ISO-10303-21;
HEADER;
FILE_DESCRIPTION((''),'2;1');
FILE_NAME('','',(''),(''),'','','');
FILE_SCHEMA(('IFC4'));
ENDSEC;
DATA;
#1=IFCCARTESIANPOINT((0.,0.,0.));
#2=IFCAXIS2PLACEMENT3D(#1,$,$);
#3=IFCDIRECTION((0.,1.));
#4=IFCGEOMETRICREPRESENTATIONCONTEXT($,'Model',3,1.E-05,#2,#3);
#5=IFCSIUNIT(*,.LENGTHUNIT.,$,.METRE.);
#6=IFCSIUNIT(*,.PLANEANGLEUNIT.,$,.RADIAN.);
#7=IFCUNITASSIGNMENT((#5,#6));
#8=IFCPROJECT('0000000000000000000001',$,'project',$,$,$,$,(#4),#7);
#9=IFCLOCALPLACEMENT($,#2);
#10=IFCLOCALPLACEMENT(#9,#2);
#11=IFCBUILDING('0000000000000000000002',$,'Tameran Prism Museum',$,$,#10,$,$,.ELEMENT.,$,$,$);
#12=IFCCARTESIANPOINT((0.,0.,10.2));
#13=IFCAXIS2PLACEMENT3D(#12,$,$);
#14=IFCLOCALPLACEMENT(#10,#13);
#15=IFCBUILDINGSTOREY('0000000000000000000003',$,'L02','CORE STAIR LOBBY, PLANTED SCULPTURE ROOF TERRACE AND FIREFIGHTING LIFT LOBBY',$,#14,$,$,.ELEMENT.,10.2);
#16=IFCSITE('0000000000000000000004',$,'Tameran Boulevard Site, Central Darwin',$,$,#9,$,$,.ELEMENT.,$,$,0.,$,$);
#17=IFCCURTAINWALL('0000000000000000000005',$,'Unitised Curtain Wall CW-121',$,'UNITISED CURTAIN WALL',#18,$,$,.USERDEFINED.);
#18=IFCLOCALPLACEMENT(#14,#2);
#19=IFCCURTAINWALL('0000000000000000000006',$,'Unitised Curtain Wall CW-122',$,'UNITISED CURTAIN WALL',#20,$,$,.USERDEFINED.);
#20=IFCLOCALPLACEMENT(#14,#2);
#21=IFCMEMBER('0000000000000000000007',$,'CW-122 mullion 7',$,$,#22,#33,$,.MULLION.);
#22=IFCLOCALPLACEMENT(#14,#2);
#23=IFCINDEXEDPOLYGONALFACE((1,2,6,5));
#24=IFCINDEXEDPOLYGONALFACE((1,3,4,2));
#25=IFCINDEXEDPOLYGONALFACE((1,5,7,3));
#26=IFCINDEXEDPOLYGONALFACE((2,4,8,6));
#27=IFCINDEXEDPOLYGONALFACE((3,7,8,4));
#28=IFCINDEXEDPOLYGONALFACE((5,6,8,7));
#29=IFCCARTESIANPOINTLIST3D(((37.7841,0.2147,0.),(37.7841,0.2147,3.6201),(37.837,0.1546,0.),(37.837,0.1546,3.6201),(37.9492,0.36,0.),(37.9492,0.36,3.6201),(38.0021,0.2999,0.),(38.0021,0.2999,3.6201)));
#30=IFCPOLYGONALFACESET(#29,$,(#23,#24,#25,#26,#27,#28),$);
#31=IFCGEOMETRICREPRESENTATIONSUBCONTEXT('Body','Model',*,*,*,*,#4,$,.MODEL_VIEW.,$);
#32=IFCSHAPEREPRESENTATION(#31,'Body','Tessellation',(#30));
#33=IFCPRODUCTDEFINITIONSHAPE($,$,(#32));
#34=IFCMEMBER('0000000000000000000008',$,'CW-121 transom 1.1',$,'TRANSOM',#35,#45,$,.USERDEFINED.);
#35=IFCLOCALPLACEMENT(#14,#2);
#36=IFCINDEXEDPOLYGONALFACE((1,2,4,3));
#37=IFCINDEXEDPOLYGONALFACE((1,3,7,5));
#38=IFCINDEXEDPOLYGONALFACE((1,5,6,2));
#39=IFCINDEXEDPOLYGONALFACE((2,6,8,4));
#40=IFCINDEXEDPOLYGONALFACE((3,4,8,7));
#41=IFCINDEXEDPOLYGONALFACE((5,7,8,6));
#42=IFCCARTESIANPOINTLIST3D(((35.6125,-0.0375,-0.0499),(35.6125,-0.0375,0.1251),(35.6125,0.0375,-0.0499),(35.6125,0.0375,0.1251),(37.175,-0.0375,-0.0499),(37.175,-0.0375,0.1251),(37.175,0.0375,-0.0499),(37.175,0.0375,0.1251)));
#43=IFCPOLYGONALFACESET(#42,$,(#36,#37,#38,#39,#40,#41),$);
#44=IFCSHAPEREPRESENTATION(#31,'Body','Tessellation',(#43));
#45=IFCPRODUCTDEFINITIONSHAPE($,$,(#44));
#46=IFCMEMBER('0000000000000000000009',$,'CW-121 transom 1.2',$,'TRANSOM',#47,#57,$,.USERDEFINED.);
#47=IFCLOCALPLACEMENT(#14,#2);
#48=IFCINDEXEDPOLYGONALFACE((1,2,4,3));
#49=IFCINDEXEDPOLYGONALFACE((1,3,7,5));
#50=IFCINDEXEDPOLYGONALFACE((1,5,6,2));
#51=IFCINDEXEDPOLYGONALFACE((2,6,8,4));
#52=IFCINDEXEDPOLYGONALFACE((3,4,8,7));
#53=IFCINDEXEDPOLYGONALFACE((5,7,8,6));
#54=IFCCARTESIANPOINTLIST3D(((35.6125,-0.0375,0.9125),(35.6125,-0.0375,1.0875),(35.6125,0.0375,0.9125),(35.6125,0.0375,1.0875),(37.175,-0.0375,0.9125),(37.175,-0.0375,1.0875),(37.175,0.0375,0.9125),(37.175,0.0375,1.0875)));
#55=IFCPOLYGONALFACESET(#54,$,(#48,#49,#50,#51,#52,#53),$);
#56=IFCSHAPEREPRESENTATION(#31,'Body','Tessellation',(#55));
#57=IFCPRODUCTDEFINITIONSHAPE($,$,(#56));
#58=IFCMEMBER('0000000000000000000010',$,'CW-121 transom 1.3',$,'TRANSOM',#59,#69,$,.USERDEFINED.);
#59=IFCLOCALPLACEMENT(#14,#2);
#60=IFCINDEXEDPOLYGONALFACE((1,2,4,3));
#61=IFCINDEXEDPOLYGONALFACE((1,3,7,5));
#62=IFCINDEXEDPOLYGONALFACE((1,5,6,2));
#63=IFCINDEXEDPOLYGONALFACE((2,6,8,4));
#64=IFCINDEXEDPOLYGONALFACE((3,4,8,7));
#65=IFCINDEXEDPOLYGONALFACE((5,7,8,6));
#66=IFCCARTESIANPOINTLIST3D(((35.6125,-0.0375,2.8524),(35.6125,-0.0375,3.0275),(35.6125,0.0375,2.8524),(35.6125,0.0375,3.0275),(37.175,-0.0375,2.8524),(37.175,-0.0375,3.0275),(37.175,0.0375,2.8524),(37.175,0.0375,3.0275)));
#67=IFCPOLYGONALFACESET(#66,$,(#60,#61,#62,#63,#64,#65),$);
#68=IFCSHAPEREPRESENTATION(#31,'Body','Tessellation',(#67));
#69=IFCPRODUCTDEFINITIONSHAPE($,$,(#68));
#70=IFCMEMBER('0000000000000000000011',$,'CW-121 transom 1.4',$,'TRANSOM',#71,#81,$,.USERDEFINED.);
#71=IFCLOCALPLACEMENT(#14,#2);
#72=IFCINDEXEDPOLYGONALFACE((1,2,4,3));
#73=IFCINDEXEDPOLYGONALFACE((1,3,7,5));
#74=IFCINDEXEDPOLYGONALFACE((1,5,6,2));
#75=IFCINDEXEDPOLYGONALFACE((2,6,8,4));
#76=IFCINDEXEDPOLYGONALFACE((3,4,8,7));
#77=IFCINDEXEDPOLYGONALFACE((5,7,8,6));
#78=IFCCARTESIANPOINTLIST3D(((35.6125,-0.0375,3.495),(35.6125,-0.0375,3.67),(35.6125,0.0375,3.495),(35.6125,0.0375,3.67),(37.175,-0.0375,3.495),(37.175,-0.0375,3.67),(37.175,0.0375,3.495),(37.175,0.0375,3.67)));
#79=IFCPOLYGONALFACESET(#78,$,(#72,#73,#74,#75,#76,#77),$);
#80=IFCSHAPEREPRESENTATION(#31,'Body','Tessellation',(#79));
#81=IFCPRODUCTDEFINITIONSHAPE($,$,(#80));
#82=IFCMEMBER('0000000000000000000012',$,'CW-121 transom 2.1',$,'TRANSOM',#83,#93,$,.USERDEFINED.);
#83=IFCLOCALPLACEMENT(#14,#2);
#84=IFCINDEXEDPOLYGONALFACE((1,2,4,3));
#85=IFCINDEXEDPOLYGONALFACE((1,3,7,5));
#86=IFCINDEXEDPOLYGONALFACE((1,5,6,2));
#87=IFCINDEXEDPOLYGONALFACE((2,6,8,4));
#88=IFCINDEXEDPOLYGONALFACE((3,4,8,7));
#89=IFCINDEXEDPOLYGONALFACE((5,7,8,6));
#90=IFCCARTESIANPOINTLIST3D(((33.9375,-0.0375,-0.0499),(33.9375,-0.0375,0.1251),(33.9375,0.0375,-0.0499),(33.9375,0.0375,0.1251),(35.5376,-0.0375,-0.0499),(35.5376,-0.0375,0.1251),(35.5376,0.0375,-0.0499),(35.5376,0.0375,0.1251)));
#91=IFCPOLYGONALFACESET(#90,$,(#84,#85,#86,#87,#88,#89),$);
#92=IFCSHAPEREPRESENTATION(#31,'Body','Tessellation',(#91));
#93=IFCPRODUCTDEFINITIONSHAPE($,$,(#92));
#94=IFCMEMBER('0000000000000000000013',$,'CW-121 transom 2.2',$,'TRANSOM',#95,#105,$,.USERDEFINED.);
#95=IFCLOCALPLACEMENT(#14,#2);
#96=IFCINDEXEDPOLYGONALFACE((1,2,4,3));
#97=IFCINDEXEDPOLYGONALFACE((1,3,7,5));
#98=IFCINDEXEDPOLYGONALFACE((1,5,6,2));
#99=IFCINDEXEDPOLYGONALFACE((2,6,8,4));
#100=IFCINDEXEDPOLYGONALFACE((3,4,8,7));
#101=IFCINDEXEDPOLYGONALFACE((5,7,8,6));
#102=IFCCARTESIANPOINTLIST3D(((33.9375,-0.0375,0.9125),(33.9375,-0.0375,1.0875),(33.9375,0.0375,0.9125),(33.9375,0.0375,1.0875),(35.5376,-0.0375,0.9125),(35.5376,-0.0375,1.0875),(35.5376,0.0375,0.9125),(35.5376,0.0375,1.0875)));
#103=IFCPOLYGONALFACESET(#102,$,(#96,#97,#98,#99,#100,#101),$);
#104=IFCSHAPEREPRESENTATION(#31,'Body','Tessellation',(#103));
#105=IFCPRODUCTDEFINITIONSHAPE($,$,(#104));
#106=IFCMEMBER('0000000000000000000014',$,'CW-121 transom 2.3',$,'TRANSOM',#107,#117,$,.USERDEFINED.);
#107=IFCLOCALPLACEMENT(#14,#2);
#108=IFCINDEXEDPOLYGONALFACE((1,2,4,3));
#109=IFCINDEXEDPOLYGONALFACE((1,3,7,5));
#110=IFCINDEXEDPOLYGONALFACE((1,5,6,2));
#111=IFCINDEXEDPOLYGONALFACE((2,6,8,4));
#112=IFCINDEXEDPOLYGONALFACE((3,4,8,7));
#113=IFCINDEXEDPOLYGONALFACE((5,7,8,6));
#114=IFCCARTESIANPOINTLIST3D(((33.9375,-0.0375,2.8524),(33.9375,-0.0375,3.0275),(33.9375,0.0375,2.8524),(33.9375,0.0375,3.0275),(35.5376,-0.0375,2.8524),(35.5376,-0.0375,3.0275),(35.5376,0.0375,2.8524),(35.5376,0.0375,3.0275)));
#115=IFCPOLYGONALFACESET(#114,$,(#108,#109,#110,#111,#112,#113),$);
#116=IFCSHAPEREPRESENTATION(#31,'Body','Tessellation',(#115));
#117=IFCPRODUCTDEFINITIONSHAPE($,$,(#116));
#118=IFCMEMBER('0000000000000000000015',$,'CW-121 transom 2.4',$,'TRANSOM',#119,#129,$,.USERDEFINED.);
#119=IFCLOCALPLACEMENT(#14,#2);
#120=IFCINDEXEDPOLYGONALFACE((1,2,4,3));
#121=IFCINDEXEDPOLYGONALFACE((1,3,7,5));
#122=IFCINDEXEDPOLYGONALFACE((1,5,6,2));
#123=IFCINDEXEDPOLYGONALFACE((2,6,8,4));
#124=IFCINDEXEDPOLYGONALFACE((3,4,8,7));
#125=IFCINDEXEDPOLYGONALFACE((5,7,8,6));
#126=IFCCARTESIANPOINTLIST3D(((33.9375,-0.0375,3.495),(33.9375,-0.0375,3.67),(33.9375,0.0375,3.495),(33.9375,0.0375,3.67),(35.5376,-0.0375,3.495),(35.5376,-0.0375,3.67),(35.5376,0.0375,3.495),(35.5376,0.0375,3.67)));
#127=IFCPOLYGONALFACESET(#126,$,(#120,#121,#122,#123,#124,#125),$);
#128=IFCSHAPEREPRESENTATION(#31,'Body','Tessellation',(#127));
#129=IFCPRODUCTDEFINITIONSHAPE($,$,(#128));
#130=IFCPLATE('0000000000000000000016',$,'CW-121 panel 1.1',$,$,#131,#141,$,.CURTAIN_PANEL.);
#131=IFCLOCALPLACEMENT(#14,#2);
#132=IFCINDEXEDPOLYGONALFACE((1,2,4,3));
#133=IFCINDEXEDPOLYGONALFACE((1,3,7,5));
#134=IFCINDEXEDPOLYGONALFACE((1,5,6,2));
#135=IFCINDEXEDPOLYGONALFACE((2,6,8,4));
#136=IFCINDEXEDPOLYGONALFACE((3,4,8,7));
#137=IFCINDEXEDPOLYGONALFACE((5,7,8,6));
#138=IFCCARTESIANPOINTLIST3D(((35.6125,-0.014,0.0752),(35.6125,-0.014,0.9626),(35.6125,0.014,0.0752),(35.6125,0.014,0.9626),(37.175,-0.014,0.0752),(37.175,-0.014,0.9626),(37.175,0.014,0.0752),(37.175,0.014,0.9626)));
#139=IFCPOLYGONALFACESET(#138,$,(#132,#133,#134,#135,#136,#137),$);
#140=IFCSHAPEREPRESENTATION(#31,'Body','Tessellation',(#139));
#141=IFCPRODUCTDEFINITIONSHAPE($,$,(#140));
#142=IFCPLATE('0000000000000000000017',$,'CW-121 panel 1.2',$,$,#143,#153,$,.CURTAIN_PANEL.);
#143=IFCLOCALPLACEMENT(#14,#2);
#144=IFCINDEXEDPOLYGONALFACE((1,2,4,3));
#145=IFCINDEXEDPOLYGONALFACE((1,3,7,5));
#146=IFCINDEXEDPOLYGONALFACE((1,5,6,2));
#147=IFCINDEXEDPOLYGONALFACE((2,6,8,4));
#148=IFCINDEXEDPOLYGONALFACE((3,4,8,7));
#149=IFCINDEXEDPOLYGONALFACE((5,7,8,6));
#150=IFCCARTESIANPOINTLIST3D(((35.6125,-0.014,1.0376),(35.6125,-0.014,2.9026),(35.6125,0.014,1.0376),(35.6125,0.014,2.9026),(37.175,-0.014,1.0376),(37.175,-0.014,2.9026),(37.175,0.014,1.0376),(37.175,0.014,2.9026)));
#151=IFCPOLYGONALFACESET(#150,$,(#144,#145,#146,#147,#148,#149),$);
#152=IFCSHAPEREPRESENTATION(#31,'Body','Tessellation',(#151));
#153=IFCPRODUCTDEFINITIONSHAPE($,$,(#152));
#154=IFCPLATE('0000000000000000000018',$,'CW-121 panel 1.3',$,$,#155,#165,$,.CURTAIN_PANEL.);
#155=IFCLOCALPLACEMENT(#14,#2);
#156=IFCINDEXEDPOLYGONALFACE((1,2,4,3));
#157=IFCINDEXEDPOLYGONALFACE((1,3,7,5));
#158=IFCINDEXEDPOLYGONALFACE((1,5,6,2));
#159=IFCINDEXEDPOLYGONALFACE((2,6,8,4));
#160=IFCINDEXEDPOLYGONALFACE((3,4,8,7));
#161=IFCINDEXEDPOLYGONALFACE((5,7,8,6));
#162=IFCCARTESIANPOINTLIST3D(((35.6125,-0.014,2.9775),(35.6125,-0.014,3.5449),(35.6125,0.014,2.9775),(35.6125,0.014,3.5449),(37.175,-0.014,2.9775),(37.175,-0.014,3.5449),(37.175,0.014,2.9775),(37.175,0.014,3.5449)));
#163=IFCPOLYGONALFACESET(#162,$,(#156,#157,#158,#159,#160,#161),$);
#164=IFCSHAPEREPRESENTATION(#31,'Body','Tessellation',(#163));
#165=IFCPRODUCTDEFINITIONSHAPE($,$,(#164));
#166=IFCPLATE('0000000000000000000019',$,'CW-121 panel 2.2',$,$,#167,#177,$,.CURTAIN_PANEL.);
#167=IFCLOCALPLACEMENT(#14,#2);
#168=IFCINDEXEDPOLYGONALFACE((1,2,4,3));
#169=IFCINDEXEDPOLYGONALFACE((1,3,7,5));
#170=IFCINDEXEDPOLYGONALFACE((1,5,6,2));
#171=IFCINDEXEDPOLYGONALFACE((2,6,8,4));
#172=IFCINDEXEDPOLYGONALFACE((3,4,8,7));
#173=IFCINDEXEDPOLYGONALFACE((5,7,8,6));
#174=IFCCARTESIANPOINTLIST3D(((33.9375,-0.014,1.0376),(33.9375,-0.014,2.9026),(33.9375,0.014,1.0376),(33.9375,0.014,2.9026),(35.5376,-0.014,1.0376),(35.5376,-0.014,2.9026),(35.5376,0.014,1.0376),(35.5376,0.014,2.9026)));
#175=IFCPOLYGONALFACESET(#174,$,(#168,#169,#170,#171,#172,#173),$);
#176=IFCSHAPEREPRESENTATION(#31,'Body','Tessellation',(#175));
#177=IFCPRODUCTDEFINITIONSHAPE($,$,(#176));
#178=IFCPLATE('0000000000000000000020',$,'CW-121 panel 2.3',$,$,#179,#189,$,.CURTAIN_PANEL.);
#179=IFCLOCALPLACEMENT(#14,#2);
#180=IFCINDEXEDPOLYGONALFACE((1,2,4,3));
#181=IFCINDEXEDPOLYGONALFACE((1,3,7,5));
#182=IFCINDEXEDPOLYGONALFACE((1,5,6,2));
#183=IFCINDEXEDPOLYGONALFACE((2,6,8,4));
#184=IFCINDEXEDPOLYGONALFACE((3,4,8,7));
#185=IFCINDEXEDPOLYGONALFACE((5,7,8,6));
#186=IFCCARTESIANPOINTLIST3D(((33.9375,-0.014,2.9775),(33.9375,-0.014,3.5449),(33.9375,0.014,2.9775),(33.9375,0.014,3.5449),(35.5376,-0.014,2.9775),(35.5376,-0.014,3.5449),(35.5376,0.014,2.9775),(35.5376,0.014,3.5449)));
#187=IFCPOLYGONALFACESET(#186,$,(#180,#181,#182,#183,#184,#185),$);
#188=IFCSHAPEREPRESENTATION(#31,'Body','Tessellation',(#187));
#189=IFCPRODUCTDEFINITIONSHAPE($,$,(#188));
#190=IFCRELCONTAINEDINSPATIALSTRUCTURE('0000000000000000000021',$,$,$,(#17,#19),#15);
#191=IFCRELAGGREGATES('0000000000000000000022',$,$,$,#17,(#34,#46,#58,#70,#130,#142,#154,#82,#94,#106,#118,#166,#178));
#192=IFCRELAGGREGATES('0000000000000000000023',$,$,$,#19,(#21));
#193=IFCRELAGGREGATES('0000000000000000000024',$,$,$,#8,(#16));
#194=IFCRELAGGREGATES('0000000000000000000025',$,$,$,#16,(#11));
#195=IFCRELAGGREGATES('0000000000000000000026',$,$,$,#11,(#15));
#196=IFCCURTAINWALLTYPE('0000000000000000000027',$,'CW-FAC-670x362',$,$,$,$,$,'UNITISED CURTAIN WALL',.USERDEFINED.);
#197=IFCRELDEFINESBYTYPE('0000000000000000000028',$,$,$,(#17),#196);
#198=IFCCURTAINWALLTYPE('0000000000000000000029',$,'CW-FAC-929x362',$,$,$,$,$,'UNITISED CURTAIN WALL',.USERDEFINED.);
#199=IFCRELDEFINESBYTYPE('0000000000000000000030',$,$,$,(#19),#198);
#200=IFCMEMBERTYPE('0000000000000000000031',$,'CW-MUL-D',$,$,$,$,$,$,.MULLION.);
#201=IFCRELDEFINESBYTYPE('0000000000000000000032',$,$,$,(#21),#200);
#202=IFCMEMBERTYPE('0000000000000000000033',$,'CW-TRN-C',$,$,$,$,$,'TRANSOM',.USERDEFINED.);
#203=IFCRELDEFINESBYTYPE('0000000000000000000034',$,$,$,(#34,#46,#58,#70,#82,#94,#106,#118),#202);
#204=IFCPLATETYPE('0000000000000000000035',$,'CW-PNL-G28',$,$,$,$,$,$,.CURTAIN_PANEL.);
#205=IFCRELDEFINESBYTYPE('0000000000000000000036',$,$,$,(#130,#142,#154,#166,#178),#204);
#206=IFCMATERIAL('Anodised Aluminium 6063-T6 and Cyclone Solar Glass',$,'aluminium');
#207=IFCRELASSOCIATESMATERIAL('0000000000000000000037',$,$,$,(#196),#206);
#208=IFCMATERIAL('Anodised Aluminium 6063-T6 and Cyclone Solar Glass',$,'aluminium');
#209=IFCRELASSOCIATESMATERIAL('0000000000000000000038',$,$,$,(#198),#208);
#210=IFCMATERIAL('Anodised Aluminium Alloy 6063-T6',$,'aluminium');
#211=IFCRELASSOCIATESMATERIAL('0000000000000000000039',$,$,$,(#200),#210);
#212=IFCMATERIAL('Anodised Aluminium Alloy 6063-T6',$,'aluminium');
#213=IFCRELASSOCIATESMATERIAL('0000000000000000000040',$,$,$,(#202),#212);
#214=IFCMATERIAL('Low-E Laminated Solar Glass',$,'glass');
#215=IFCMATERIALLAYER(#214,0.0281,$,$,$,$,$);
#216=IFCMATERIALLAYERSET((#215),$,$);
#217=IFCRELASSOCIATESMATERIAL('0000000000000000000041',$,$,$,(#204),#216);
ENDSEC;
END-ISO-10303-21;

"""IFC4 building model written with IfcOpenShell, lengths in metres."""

from ifc_helpers import new_model, si_unit, direction, frame, origin, origin_2d, place, context, subcontext, project, spatial, rectangle, extrude, material, layer, layer_set, material_profile, profile_set, type_object, element, aggregate, save


model = new_model("IFC4")

# Units and contexts
model_context = context("Model", 3, precision=1e-05, world=origin(), true_north=direction((0.0, 1.0)))
body_context = subcontext(model_context, "Body", "Model", "MODEL_VIEW")
ifc_project = project(units=[si_unit("LENGTHUNIT", "METRE"), si_unit("PLANEANGLEUNIT", "RADIAN")], contexts=[model_context])

# Site, building, storey
site_placement = place(None, origin())
site = spatial("IfcSite", under=ifc_project, at=site_placement, Name="Tameran Boulevard Site, Central Darwin", CompositionType="ELEMENT", RefElevation=0.0)
building_placement = place(site_placement, origin())
building = spatial("IfcBuilding", under=site, at=building_placement, Name="Tameran Prism Museum", CompositionType="ELEMENT")
storey_placement = place(building_placement, frame((0.0, 0.0, 10.2)))
storey = spatial("IfcBuildingStorey", under=building, at=storey_placement, Name="L02", Description="CORE STAIR LOBBY, PLANTED SCULPTURE ROOF TERRACE AND FIREFIGHTING LIFT LOBBY", CompositionType="ELEMENT", Elevation=10.2)

# Curtain wall
ifc_material_1 = material(Name="Anodised Aluminium 6063-T6 and Cyclone Solar Glass", Category="aluminium")
curtain_wall_type_1 = type_object("IfcCurtainWallType", Name="CW-FAC-670x362", ElementType="UNITISED CURTAIN WALL", PredefinedType="USERDEFINED", material=ifc_material_1)
curtain_wall_1_placement = place(storey_placement, origin())
curtain_wall_1 = element("IfcCurtainWall", 1, at=curtain_wall_1_placement, inside=storey, type_object=curtain_wall_type_1, Name="Unitised Curtain Wall CW-121", ObjectType="UNITISED CURTAIN WALL", PredefinedType="USERDEFINED")

# Curtain wall, member
ifc_material_2 = material(Name="Anodised Aluminium 6063-T6 and Cyclone Solar Glass", Category="aluminium")
curtain_wall_type_2 = type_object("IfcCurtainWallType", Name="CW-FAC-929x362", ElementType="UNITISED CURTAIN WALL", PredefinedType="USERDEFINED", material=ifc_material_2)
curtain_wall_2_placement = place(storey_placement, origin())
curtain_wall_2 = element("IfcCurtainWall", 2, at=curtain_wall_2_placement, inside=storey, type_object=curtain_wall_type_2, Name="Unitised Curtain Wall CW-122", ObjectType="UNITISED CURTAIN WALL", PredefinedType="USERDEFINED")
ifc_material_3 = material(Name="Anodised Aluminium Alloy 6063-T6", Category="aluminium")
ifc_material_profile_1 = material_profile(ifc_material_3, rectangle(XDim=0.0801, YDim=0.22, at=origin_2d()))
ifc_profile_set_1 = profile_set([ifc_material_profile_1])
member_type_1 = type_object("IfcMemberType", Name="CW-MUL-D", PredefinedType="MULLION", material=ifc_profile_set_1)
member_1_placement = place(storey_placement, frame((37.8931, 0.2573, 0.0), z_axis=(0.0, 0.0, 1.0), x_axis=(0.660681, -0.750667, 0.0)))
member_1 = element("IfcMember", 3, at=member_1_placement, type_object=member_type_1, Name="CW-122 mullion 7", PredefinedType="MULLION", context=body_context, shape_type="SweptSolid", body=[
    extrude(rectangle(XDim=0.0801, YDim=0.22, at=origin_2d()), origin(), (0.0, 0.0, 1.0), 3.6201),
])

# Members
ifc_material_4 = material(Name="Anodised Aluminium Alloy 6063-T6", Category="aluminium")
ifc_material_profile_2 = material_profile(ifc_material_4, rectangle(XDim=0.075, YDim=0.175, at=origin_2d()))
ifc_profile_set_2 = profile_set([ifc_material_profile_2])
member_type_2 = type_object("IfcMemberType", Name="CW-TRN-C", ElementType="TRANSOM", PredefinedType="USERDEFINED", material=ifc_profile_set_2)
member_2_placement = place(storey_placement, frame((37.175, 0.0, 0.0376), z_axis=(-1.0, 0.0, 0.0), x_axis=(0.0, -1.0, 0.0)))
member_2 = element("IfcMember", 4, at=member_2_placement, type_object=member_type_2, Name="CW-121 transom 1.1", ObjectType="TRANSOM", PredefinedType="USERDEFINED", context=body_context, shape_type="SweptSolid", body=[
    extrude(rectangle(XDim=0.075, YDim=0.175, at=origin_2d()), origin(), (0.0, 0.0, 1.0), 1.5625),
])
member_3_placement = place(storey_placement, frame((37.175, 0.0, 1.0), z_axis=(-1.0, 0.0, 0.0), x_axis=(0.0, -1.0, 0.0)))
member_3 = element("IfcMember", 5, at=member_3_placement, type_object=member_type_2, Name="CW-121 transom 1.2", ObjectType="TRANSOM", PredefinedType="USERDEFINED", context=body_context, shape_type="SweptSolid", body=[
    extrude(rectangle(XDim=0.075, YDim=0.175, at=origin_2d()), origin(), (0.0, 0.0, 1.0), 1.5625),
])
member_4_placement = place(storey_placement, frame((37.175, 0.0, 2.9399), z_axis=(-1.0, 0.0, 0.0), x_axis=(0.0, -1.0, 0.0)))
member_4 = element("IfcMember", 6, at=member_4_placement, type_object=member_type_2, Name="CW-121 transom 1.3", ObjectType="TRANSOM", PredefinedType="USERDEFINED", context=body_context, shape_type="SweptSolid", body=[
    extrude(rectangle(XDim=0.075, YDim=0.175, at=origin_2d()), origin(), (0.0, 0.0, 1.0), 1.5625),
])
member_5_placement = place(storey_placement, frame((37.175, 0.0, 3.5825), z_axis=(-1.0, 0.0, 0.0), x_axis=(0.0, -1.0, 0.0)))
member_5 = element("IfcMember", 7, at=member_5_placement, type_object=member_type_2, Name="CW-121 transom 1.4", ObjectType="TRANSOM", PredefinedType="USERDEFINED", context=body_context, shape_type="SweptSolid", body=[
    extrude(rectangle(XDim=0.075, YDim=0.175, at=origin_2d()), origin(), (0.0, 0.0, 1.0), 1.5625),
])
member_6_placement = place(storey_placement, frame((35.5376, 0.0, 0.0376), z_axis=(-1.0, 0.0, 0.0), x_axis=(0.0, -1.0, 0.0)))
member_6 = element("IfcMember", 8, at=member_6_placement, type_object=member_type_2, Name="CW-121 transom 2.1", ObjectType="TRANSOM", PredefinedType="USERDEFINED", context=body_context, shape_type="SweptSolid", body=[
    extrude(rectangle(XDim=0.075, YDim=0.175, at=origin_2d()), origin(), (0.0, 0.0, 1.0), 1.6001),
])
member_7_placement = place(storey_placement, frame((35.5376, 0.0, 1.0), z_axis=(-1.0, 0.0, 0.0), x_axis=(0.0, -1.0, 0.0)))
member_7 = element("IfcMember", 9, at=member_7_placement, type_object=member_type_2, Name="CW-121 transom 2.2", ObjectType="TRANSOM", PredefinedType="USERDEFINED", context=body_context, shape_type="SweptSolid", body=[
    extrude(rectangle(XDim=0.075, YDim=0.175, at=origin_2d()), origin(), (0.0, 0.0, 1.0), 1.6001),
])
member_8_placement = place(storey_placement, frame((35.5376, 0.0, 2.9399), z_axis=(-1.0, 0.0, 0.0), x_axis=(0.0, -1.0, 0.0)))
member_8 = element("IfcMember", 10, at=member_8_placement, type_object=member_type_2, Name="CW-121 transom 2.3", ObjectType="TRANSOM", PredefinedType="USERDEFINED", context=body_context, shape_type="SweptSolid", body=[
    extrude(rectangle(XDim=0.075, YDim=0.175, at=origin_2d()), origin(), (0.0, 0.0, 1.0), 1.6001),
])
member_9_placement = place(storey_placement, frame((35.5376, 0.0, 3.5825), z_axis=(-1.0, 0.0, 0.0), x_axis=(0.0, -1.0, 0.0)))
member_9 = element("IfcMember", 11, at=member_9_placement, type_object=member_type_2, Name="CW-121 transom 2.4", ObjectType="TRANSOM", PredefinedType="USERDEFINED", context=body_context, shape_type="SweptSolid", body=[
    extrude(rectangle(XDim=0.075, YDim=0.175, at=origin_2d()), origin(), (0.0, 0.0, 1.0), 1.6001),
])

# Plates
ifc_material_5 = material(Name="Low-E Laminated Solar Glass", Category="glass")
ifc_layer_1 = layer(ifc_material_5, 0.0281)
ifc_layer_set_1 = layer_set([ifc_layer_1])
plate_type_1 = type_object("IfcPlateType", Name="CW-PNL-G28", PredefinedType="CURTAIN_PANEL", material=ifc_layer_set_1)
plate_1_placement = place(storey_placement, frame((36.3938, 0.0, 0.0752), z_axis=(0.0, 0.0, 1.0), x_axis=(-1.0, 0.0, 0.0)))
plate_1 = element("IfcPlate", 12, at=plate_1_placement, type_object=plate_type_1, Name="CW-121 panel 1.1", PredefinedType="CURTAIN_PANEL", context=body_context, shape_type="SweptSolid", body=[
    extrude(rectangle(XDim=1.5625, YDim=0.0281, at=origin_2d()), origin(), (0.0, 0.0, 1.0), 0.8875),
])
plate_2_placement = place(storey_placement, frame((36.3938, 0.0, 1.0376), z_axis=(0.0, 0.0, 1.0), x_axis=(-1.0, 0.0, 0.0)))
plate_2 = element("IfcPlate", 13, at=plate_2_placement, type_object=plate_type_1, Name="CW-121 panel 1.2", PredefinedType="CURTAIN_PANEL", context=body_context, shape_type="SweptSolid", body=[
    extrude(rectangle(XDim=1.5625, YDim=0.0281, at=origin_2d()), origin(), (0.0, 0.0, 1.0), 1.865),
])
plate_3_placement = place(storey_placement, frame((36.3938, 0.0, 2.9775), z_axis=(0.0, 0.0, 1.0), x_axis=(-1.0, 0.0, 0.0)))
plate_3 = element("IfcPlate", 14, at=plate_3_placement, type_object=plate_type_1, Name="CW-121 panel 1.3", PredefinedType="CURTAIN_PANEL", context=body_context, shape_type="SweptSolid", body=[
    extrude(rectangle(XDim=1.5625, YDim=0.0281, at=origin_2d()), origin(), (0.0, 0.0, 1.0), 0.5674),
])
plate_4_placement = place(storey_placement, frame((34.7375, 0.0, 1.0376), z_axis=(0.0, 0.0, 1.0), x_axis=(-1.0, 0.0, 0.0)))
plate_4 = element("IfcPlate", 15, at=plate_4_placement, type_object=plate_type_1, Name="CW-121 panel 2.2", PredefinedType="CURTAIN_PANEL", context=body_context, shape_type="SweptSolid", body=[
    extrude(rectangle(XDim=1.6001, YDim=0.0281, at=origin_2d()), origin(), (0.0, 0.0, 1.0), 1.865),
])
plate_5_placement = place(storey_placement, frame((34.7375, 0.0, 2.9775), z_axis=(0.0, 0.0, 1.0), x_axis=(-1.0, 0.0, 0.0)))
plate_5 = element("IfcPlate", 16, at=plate_5_placement, type_object=plate_type_1, Name="CW-121 panel 2.3", PredefinedType="CURTAIN_PANEL", context=body_context, shape_type="SweptSolid", body=[
    extrude(rectangle(XDim=1.6001, YDim=0.0281, at=origin_2d()), origin(), (0.0, 0.0, 1.0), 0.5674),
])
aggregate(curtain_wall_1, [member_2, member_3, member_4, member_5, plate_1, plate_2, plate_3, member_6, member_7, member_8, member_9, plate_4, plate_5])
aggregate(curtain_wall_2, [member_1])

save(model, "model.ifc")
